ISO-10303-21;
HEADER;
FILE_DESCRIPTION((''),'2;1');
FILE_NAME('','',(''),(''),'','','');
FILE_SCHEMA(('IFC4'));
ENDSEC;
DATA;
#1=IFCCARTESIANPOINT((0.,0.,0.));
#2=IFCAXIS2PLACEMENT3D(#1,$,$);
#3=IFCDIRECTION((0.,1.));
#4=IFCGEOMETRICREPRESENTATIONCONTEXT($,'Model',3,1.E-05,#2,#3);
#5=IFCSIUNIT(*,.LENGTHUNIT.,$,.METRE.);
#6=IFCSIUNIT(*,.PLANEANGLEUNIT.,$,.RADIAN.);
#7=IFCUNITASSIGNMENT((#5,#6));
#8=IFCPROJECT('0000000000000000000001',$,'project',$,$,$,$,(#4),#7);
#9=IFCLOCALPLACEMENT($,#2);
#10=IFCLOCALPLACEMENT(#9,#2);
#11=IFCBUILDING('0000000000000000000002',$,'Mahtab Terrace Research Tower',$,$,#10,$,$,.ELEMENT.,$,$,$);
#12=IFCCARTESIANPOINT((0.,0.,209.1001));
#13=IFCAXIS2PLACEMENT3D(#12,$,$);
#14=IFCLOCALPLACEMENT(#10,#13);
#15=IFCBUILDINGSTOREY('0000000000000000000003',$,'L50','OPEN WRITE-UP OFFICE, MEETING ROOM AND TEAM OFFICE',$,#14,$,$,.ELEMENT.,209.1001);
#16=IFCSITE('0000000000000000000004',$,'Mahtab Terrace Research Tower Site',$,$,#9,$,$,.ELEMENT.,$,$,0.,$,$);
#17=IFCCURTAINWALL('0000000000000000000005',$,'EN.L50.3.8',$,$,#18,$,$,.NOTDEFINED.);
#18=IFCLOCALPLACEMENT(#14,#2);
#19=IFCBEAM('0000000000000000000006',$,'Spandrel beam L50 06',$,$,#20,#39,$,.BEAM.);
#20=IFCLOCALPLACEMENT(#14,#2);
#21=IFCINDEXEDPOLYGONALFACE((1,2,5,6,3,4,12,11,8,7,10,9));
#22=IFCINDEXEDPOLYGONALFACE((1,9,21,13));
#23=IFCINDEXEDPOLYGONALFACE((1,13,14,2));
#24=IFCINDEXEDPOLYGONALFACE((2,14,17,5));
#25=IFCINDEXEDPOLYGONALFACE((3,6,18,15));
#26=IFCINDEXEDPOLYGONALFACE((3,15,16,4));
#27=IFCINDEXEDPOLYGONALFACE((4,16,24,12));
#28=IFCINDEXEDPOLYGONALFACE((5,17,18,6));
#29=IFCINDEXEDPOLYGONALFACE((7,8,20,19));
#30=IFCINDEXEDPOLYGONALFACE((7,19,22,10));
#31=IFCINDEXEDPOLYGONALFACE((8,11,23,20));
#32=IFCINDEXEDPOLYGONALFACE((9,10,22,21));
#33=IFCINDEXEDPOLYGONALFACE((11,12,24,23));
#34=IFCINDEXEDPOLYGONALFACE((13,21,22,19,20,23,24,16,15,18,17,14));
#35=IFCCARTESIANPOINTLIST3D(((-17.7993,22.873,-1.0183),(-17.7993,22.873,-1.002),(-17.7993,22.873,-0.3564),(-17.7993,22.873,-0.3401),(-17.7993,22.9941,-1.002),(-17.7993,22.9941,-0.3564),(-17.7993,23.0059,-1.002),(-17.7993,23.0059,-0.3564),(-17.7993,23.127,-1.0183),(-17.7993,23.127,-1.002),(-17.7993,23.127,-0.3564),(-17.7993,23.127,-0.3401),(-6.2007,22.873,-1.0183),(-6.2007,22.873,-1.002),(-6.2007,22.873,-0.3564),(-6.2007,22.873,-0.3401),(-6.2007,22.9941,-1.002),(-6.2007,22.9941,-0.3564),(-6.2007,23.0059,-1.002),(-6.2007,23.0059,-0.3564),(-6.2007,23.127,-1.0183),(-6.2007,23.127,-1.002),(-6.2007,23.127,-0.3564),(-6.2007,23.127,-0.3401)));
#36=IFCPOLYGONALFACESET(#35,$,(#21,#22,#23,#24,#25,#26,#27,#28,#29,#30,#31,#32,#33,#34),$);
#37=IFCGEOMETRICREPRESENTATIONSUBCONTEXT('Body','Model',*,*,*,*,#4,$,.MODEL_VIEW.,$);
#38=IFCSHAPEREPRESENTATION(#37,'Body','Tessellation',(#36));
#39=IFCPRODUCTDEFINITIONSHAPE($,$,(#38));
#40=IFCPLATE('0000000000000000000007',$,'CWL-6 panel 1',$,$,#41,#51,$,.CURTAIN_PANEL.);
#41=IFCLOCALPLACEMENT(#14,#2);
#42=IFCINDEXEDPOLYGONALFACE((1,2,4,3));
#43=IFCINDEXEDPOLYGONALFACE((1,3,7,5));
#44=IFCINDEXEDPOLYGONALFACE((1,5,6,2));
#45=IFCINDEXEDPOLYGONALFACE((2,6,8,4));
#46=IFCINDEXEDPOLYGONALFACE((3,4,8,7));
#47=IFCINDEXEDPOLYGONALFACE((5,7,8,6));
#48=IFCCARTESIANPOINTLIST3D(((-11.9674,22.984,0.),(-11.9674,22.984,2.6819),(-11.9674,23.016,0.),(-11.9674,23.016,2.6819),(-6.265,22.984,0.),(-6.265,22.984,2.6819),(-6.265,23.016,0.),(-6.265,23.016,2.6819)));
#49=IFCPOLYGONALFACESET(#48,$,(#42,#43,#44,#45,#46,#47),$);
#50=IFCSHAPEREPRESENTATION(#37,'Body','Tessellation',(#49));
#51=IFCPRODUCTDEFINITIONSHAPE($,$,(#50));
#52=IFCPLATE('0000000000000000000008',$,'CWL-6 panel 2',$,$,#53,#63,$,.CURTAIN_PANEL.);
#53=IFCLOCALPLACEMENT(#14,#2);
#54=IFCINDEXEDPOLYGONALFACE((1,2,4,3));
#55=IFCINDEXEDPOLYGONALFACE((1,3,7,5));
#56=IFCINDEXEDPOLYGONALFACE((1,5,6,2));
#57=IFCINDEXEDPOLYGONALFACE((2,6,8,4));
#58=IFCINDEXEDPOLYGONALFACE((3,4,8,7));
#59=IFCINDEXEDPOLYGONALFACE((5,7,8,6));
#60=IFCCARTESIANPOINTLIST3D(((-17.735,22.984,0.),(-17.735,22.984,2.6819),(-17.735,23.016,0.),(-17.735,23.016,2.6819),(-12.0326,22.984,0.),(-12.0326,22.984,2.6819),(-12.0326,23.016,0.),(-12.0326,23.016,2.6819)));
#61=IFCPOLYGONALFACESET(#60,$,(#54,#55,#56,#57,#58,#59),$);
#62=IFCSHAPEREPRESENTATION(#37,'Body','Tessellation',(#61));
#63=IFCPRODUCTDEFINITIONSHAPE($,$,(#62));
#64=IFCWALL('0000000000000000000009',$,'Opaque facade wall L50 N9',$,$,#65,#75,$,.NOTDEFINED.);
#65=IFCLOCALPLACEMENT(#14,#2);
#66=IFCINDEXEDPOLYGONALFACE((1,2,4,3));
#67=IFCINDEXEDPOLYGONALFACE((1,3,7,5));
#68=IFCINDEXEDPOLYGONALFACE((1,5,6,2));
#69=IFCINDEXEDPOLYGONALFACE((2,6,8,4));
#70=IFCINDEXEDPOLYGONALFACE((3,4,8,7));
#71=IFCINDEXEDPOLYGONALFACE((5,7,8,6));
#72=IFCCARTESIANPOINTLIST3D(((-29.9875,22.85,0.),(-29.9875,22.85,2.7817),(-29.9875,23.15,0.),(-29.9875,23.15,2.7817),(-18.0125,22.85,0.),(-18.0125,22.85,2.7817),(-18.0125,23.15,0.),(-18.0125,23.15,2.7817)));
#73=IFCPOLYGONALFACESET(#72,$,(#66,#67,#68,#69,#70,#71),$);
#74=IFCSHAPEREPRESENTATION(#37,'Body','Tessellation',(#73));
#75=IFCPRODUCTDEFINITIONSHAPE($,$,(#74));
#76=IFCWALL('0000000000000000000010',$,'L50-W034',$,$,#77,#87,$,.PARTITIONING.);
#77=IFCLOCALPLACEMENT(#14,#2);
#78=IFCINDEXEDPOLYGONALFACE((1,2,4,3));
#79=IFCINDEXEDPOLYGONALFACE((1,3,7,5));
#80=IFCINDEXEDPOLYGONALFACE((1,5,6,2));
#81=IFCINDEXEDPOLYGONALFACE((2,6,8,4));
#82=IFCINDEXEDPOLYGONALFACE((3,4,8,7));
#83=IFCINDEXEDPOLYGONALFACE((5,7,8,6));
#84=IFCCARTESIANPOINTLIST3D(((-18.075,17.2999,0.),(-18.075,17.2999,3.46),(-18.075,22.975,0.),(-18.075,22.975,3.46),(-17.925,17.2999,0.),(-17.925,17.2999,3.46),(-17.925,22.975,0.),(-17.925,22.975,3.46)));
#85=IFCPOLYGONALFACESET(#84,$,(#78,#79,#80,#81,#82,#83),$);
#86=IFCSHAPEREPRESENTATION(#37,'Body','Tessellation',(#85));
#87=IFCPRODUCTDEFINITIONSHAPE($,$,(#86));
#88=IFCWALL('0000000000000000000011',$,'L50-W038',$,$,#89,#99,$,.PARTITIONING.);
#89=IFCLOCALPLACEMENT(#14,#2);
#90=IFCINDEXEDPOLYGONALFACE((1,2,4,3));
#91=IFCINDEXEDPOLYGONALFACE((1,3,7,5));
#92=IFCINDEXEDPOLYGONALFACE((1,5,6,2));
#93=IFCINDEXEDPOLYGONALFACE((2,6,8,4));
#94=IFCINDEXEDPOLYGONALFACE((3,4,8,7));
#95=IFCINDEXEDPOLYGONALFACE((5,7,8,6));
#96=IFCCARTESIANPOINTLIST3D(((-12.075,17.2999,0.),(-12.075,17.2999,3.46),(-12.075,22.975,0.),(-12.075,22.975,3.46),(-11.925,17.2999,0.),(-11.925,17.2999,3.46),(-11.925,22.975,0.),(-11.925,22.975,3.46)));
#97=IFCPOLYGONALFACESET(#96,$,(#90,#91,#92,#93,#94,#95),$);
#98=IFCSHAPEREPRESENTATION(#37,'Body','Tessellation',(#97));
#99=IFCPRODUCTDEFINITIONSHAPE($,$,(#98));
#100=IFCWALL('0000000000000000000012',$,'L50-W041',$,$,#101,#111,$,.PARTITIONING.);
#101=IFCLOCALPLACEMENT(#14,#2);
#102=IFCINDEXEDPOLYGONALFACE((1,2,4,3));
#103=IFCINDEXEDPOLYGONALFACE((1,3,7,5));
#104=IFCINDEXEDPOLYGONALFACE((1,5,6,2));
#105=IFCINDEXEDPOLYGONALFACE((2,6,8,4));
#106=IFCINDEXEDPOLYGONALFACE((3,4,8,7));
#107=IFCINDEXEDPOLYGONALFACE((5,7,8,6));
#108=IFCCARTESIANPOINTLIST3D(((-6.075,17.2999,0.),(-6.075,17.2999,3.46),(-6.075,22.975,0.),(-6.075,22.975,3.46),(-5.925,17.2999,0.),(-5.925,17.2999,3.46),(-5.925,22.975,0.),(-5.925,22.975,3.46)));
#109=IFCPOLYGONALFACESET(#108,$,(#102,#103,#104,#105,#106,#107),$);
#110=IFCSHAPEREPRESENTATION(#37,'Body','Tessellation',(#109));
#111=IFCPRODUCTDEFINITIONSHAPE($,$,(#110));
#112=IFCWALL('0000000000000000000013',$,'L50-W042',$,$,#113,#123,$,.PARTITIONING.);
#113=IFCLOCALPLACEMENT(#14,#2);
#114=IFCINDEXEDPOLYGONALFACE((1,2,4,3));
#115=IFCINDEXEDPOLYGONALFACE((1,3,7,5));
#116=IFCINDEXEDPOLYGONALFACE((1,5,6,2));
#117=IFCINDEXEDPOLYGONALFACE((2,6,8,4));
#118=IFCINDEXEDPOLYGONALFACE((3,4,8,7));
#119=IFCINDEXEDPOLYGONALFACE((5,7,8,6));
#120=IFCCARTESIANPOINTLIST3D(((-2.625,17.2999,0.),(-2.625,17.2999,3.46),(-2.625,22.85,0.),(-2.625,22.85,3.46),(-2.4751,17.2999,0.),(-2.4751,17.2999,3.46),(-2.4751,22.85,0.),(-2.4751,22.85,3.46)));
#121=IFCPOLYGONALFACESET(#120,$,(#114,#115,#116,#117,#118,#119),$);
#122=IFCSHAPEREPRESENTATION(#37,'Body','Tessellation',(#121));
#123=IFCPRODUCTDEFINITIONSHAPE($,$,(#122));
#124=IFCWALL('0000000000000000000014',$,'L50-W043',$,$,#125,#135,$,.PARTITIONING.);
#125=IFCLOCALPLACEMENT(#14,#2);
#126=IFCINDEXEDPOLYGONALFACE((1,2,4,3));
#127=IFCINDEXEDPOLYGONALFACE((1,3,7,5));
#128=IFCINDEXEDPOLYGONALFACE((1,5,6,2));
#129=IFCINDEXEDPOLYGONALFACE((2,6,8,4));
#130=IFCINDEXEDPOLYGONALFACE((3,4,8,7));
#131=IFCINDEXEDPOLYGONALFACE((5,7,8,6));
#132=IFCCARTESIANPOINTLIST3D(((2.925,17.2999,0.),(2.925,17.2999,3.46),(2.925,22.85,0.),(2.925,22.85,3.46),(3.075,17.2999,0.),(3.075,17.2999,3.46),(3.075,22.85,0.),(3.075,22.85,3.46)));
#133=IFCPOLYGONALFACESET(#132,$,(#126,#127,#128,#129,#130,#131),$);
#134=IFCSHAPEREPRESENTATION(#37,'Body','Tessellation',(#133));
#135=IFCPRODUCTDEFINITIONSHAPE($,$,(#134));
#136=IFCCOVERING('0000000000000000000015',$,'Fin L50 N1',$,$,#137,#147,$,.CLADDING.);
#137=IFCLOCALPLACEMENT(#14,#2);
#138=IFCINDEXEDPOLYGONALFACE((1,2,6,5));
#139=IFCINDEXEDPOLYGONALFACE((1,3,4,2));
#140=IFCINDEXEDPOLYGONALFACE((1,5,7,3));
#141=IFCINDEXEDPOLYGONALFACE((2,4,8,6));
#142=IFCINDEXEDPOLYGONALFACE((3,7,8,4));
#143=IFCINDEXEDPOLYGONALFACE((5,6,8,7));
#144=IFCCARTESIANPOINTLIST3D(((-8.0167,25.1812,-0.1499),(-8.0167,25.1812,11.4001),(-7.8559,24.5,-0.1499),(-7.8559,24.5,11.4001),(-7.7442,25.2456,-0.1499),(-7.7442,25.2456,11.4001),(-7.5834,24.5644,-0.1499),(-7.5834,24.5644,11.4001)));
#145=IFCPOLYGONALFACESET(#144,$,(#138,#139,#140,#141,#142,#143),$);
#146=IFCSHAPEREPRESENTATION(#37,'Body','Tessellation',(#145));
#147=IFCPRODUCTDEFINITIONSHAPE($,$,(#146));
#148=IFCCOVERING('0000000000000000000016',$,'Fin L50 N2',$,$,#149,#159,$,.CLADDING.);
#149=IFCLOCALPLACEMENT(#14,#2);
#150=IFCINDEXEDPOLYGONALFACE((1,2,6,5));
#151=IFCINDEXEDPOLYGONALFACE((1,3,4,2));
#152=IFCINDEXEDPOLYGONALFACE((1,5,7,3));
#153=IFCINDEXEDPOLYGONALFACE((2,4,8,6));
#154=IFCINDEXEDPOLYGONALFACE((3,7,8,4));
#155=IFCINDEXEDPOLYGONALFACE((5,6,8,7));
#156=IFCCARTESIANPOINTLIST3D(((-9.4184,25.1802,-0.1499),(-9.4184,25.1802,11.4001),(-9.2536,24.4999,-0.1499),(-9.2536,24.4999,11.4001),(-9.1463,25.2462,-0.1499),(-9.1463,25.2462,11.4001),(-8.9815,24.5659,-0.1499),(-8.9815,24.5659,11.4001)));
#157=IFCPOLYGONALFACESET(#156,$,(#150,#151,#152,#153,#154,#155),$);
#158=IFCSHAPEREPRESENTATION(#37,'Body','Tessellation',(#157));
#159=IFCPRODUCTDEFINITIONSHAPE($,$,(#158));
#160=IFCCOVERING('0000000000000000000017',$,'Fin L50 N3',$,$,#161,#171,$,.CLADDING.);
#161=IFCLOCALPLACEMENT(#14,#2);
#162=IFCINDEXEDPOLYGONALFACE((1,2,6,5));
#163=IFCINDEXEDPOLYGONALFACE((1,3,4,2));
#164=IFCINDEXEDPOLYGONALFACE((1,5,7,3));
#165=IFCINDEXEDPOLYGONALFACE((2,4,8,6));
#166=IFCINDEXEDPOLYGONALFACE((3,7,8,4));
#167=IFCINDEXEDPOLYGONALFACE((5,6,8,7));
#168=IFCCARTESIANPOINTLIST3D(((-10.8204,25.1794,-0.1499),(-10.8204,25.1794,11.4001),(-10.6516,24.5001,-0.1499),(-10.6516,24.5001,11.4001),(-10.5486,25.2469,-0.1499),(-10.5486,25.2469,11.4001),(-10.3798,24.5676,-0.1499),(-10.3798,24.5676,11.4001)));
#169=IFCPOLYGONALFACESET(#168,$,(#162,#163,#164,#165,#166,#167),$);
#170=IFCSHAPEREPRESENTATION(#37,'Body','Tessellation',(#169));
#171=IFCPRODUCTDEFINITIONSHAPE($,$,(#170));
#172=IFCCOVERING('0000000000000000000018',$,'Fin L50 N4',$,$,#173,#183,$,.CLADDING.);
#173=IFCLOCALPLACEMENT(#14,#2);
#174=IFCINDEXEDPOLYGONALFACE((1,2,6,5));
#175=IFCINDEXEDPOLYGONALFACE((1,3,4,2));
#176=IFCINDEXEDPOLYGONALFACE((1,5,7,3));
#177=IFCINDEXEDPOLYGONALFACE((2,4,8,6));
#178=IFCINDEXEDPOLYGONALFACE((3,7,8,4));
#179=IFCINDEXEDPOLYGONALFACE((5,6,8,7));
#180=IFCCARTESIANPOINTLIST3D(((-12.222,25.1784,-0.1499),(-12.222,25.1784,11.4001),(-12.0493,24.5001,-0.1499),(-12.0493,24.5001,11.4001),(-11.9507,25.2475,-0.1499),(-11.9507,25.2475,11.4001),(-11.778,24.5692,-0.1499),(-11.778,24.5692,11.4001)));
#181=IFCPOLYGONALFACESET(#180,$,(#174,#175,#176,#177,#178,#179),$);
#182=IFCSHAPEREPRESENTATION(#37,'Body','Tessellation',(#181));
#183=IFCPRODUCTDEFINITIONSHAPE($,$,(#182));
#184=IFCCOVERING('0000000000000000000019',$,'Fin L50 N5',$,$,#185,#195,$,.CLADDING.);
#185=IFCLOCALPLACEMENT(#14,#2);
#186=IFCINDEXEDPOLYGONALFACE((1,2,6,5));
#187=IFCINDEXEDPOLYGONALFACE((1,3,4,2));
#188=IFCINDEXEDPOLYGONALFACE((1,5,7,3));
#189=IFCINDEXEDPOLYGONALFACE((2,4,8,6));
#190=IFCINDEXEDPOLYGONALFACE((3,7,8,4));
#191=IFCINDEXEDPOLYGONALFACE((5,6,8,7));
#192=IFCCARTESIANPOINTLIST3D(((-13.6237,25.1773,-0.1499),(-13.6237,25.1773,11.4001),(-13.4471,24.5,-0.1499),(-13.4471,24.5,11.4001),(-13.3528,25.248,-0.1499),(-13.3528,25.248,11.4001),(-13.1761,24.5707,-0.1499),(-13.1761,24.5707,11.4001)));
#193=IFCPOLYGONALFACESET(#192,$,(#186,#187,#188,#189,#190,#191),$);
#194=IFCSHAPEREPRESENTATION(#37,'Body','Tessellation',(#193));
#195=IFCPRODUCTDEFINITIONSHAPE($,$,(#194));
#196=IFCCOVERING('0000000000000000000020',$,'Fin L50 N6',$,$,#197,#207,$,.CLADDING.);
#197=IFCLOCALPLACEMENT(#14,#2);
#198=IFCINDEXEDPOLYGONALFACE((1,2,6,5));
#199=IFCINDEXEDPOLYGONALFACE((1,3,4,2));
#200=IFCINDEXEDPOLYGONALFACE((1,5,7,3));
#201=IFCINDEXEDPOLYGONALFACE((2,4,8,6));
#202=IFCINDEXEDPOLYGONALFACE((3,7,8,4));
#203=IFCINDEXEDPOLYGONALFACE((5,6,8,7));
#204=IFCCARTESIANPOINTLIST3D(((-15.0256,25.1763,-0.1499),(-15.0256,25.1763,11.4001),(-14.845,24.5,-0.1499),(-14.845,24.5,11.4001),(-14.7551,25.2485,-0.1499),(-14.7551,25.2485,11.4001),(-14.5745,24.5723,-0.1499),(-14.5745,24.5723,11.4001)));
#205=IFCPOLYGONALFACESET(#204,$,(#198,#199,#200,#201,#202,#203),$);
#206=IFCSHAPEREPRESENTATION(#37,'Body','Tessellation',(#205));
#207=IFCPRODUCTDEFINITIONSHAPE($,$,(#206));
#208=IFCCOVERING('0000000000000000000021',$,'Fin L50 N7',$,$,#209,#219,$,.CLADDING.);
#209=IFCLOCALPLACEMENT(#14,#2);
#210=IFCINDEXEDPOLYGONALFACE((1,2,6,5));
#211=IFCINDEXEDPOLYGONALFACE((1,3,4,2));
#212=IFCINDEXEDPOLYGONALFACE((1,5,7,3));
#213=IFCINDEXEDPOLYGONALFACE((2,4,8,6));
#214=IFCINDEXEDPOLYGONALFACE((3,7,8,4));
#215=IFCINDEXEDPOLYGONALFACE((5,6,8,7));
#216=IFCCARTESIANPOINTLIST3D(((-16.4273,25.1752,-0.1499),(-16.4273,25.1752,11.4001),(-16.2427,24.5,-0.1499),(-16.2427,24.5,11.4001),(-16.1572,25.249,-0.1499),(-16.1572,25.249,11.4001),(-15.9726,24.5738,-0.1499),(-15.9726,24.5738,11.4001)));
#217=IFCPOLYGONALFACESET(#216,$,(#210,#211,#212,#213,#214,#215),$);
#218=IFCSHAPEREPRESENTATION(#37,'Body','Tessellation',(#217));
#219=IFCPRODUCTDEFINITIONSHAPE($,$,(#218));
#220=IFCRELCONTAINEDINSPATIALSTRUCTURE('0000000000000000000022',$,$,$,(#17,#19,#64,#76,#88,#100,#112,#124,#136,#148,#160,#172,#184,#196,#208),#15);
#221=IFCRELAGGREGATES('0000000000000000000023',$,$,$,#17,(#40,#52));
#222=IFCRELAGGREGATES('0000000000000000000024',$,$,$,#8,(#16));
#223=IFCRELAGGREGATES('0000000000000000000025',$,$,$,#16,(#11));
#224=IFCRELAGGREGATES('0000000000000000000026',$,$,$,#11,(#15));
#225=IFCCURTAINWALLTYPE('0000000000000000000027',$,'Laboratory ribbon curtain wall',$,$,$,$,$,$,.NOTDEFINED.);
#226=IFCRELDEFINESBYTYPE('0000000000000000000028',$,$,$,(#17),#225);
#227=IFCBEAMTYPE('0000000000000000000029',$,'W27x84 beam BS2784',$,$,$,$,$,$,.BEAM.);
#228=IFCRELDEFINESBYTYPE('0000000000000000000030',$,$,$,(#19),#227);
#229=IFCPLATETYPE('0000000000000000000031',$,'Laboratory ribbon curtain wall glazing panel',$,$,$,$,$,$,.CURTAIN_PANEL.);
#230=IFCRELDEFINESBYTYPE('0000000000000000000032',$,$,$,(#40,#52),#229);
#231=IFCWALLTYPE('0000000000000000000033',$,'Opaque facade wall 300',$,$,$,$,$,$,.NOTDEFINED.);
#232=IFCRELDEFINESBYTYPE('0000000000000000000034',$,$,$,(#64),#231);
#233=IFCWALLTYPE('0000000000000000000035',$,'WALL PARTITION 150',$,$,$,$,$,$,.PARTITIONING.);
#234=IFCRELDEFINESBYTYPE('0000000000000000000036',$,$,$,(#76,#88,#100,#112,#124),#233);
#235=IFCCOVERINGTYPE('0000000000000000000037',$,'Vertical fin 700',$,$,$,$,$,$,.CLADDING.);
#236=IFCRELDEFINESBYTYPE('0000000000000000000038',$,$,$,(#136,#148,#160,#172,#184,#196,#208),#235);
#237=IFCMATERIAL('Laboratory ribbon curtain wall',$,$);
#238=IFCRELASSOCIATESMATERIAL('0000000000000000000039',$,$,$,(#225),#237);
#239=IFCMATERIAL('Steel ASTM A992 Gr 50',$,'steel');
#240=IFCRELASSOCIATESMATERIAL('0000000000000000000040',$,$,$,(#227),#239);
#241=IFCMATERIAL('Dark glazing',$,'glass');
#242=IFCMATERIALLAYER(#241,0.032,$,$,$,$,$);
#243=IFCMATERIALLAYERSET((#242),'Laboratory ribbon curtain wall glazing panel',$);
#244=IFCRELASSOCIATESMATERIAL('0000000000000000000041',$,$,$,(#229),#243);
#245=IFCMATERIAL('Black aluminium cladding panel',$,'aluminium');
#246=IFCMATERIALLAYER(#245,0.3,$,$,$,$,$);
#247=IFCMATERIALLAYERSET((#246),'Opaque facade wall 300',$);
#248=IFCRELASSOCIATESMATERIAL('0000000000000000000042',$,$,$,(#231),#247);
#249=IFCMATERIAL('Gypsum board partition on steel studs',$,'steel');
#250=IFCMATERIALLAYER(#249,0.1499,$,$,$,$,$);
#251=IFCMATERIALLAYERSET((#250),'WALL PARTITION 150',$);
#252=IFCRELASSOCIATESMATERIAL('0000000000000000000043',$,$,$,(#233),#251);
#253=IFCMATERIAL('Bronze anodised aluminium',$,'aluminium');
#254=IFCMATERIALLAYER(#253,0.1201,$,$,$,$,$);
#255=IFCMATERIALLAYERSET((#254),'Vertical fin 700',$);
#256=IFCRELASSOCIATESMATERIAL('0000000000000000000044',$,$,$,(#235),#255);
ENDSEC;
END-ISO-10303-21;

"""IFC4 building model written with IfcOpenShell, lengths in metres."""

from ifc_helpers import new_model, si_unit, direction, frame, frame_2d, origin, origin_2d, place, context, subcontext, project, spatial, rectangle, i_section, extrude, material, layer, layer_set, material_profile, profile_set, type_object, element, aggregate, save


model = new_model("IFC4")

# Units and contexts
model_context = context("Model", 3, precision=1e-05, world=origin(), true_north=direction((0.0, 1.0)))
body_context = subcontext(model_context, "Body", "Model", "MODEL_VIEW")
ifc_project = project(units=[si_unit("LENGTHUNIT", "METRE"), si_unit("PLANEANGLEUNIT", "RADIAN")], contexts=[model_context])

# Site, building, storey
site_placement = place(None, origin())
site = spatial("IfcSite", under=ifc_project, at=site_placement, Name="Mahtab Terrace Research Tower Site", CompositionType="ELEMENT", RefElevation=0.0)
building_placement = place(site_placement, origin())
building = spatial("IfcBuilding", under=site, at=building_placement, Name="Mahtab Terrace Research Tower", CompositionType="ELEMENT")
storey_placement = place(building_placement, frame((0.0, 0.0, 209.1001)))
storey = spatial("IfcBuildingStorey", under=building, at=storey_placement, Name="L50", Description="OPEN WRITE-UP OFFICE, MEETING ROOM AND TEAM OFFICE", CompositionType="ELEMENT", Elevation=209.1001)

# Shared definitions
ifc_material_1 = material(Name="Steel ASTM A992 Gr 50", Category="steel")

# Curtain wall
ifc_material_2 = material(Name="Laboratory ribbon curtain wall")
curtain_wall_type = type_object("IfcCurtainWallType", Name="Laboratory ribbon curtain wall", PredefinedType="NOTDEFINED", material=ifc_material_2)
curtain_wall_placement = place(storey_placement, origin())
curtain_wall = element("IfcCurtainWall", 1, at=curtain_wall_placement, inside=storey, type_object=curtain_wall_type, Name="EN.L50.3.8", PredefinedType="NOTDEFINED")

# Beam
ifc_material_profile_1 = material_profile(ifc_material_1, i_section(OverallWidth=0.2539, OverallDepth=0.6782, WebThickness=0.0117, FlangeThickness=0.0164, at=origin_2d()), Name="W27X84")
ifc_profile_set_1 = profile_set([ifc_material_profile_1], Name="Steel ASTM A992 Gr 50")
beam_type = type_object("IfcBeamType", Name="W27x84 beam BS2784", PredefinedType="BEAM", material=ifc_profile_set_1)
for number, where, z_axis, x_axis, name in (
    (2, (-6.2007, 23.0, -0.6792), (-1.0, 0.0, 0.0), (0.0, -1.0, 0.0), "Spandrel beam L50 06"),
):
    element("IfcBeam", number, at=place(storey_placement, frame(where, z_axis=z_axis, x_axis=x_axis)), inside=storey, type_object=beam_type, Name=name, PredefinedType="BEAM", context=body_context, shape_type="SweptSolid", body=[
        extrude(i_section(OverallWidth=0.2539, OverallDepth=0.6782, WebThickness=0.0117, FlangeThickness=0.0164, at=origin_2d()), origin(), (0.0, 0.0, 1.0), 11.5986),
    ])

# Plates
ifc_material_3 = material(Name="Dark glazing", Category="glass")
ifc_layer_1 = layer(ifc_material_3, 0.032)
ifc_layer_set_1 = layer_set([ifc_layer_1], Name="Laboratory ribbon curtain wall glazing panel")
plate_type = type_object("IfcPlateType", Name="Laboratory ribbon curtain wall glazing panel", PredefinedType="CURTAIN_PANEL", material=ifc_layer_set_1)
plate_1_placement = place(storey_placement, frame((-9.1162, 23.0, 0.0), z_axis=(0.0, 0.0, 1.0), x_axis=(-1.0, 0.0, 0.0)))
plate_1 = element("IfcPlate", 3, at=plate_1_placement, type_object=plate_type, Name="CWL-6 panel 1", PredefinedType="CURTAIN_PANEL", context=body_context, shape_type="SweptSolid", body=[
    extrude(rectangle(XDim=5.7024, YDim=0.032, at=origin_2d()), origin(), (0.0, 0.0, 1.0), 2.6819),
])
plate_2_placement = place(storey_placement, frame((-14.8838, 23.0, 0.0), z_axis=(0.0, 0.0, 1.0), x_axis=(-1.0, 0.0, 0.0)))
plate_2 = element("IfcPlate", 4, at=plate_2_placement, type_object=plate_type, Name="CWL-6 panel 2", PredefinedType="CURTAIN_PANEL", context=body_context, shape_type="SweptSolid", body=[
    extrude(rectangle(XDim=5.7024, YDim=0.032, at=origin_2d()), origin(), (0.0, 0.0, 1.0), 2.6819),
])
aggregate(curtain_wall, [plate_1, plate_2])

# Walls
ifc_material_4 = material(Name="Black aluminium cladding panel", Category="aluminium")
ifc_layer_2 = layer(ifc_material_4, 0.3)
ifc_layer_set_2 = layer_set([ifc_layer_2], Name="Opaque facade wall 300")
wall_type_1 = type_object("IfcWallType", Name="Opaque facade wall 300", PredefinedType="NOTDEFINED", material=ifc_layer_set_2)
wall_placement = place(storey_placement, frame((-18.0125, 23.0, 0.0), z_axis=(0.0, 0.0, 1.0), x_axis=(-1.0, 0.0, 0.0)))
element("IfcWall", 5, at=wall_placement, inside=storey, type_object=wall_type_1, Name="Opaque facade wall L50 N9", PredefinedType="NOTDEFINED", context=body_context, shape_type="SweptSolid", body=[
    extrude(rectangle(XDim=11.9751, YDim=0.3, at=frame_2d((5.9875, 0.0))), origin(), (0.0, 0.0, 1.0), 2.7817),
])
ifc_material_5 = material(Name="Gypsum board partition on steel studs", Category="steel")
ifc_layer_3 = layer(ifc_material_5, 0.1499)
ifc_layer_set_3 = layer_set([ifc_layer_3], Name="WALL PARTITION 150")
wall_type_2 = type_object("IfcWallType", Name="WALL PARTITION 150", PredefinedType="PARTITIONING", material=ifc_layer_set_3)
for number, where, z_axis, x_axis, name in (
    (6, (-18.0, 17.3, 0.0), (0.0, 0.0, 1.0), (0.0, 1.0, 0.0), "L50-W034"),
    (7, (-12.0, 17.3, 0.0), (0.0, 0.0, 1.0), (0.0, 1.0, 0.0), "L50-W038"),
    (8, (-6.0, 17.3, 0.0), (0.0, 0.0, 1.0), (0.0, 1.0, 0.0), "L50-W041"),
):
    element("IfcWall", number, at=place(storey_placement, frame(where, z_axis=z_axis, x_axis=x_axis)), inside=storey, type_object=wall_type_2, Name=name, PredefinedType="PARTITIONING", context=body_context, shape_type="SweptSolid", body=[
        extrude(rectangle(XDim=5.675, YDim=0.1499, at=frame_2d((2.8374, 0.0))), origin(), (0.0, 0.0, 1.0), 3.46),
    ])
for number, where, z_axis, x_axis, name in (
    (9, (-2.55, 17.3, 0.0), (0.0, 0.0, 1.0), (0.0, 1.0, 0.0), "L50-W042"),
    (10, (3.0, 17.3, 0.0), (0.0, 0.0, 1.0), (0.0, 1.0, 0.0), "L50-W043"),
):
    element("IfcWall", number, at=place(storey_placement, frame(where, z_axis=z_axis, x_axis=x_axis)), inside=storey, type_object=wall_type_2, Name=name, PredefinedType="PARTITIONING", context=body_context, shape_type="SweptSolid", body=[
        extrude(rectangle(XDim=5.55, YDim=0.1499, at=frame_2d((2.7749, 0.0))), origin(), (0.0, 0.0, 1.0), 3.46),
    ])

# Coverings
ifc_material_6 = material(Name="Bronze anodised aluminium", Category="aluminium")
ifc_layer_4 = layer(ifc_material_6, 0.1201)
ifc_layer_set_4 = layer_set([ifc_layer_4], Name="Vertical fin 700")
covering_type = type_object("IfcCoveringType", Name="Vertical fin 700", PredefinedType="CLADDING", material=ifc_layer_set_4)
for number, where, z_axis, x_axis, name in (
    (11, (-7.8, 24.8728, -0.1499), (0.0, 0.0, 1.0), (-0.973236, -0.229807, 0.0), "Fin L50 N1"),
    (12, (-9.2, 24.873, -0.1499), (0.0, 0.0, 1.0), (-0.971883, -0.235465, 0.0), "Fin L50 N2"),
    (13, (-10.6001, 24.8735, -0.1499), (0.0, 0.0, 1.0), (-0.970496, -0.241115, 0.0), "Fin L50 N3"),
    (14, (-12.0, 24.8738, -0.1499), (0.0, 0.0, 1.0), (-0.969077, -0.246757, 0.0), "Fin L50 N4"),
    (15, (-13.3999, 24.874, -0.1499), (0.0, 0.0, 1.0), (-0.967625, -0.252391, 0.0), "Fin L50 N5"),
    (16, (-14.8, 24.8743, -0.1499), (0.0, 0.0, 1.0), (-0.966141, -0.258016, 0.0), "Fin L50 N6"),
    (17, (-16.2, 24.8745, -0.1499), (0.0, 0.0, 1.0), (-0.964623, -0.263633, 0.0), "Fin L50 N7"),
):
    element("IfcCovering", number, at=place(storey_placement, frame(where, z_axis=z_axis, x_axis=x_axis)), inside=storey, type_object=covering_type, Name=name, PredefinedType="CLADDING", context=body_context, shape_type="SweptSolid", body=[
        extrude(rectangle(XDim=0.28, YDim=0.7, at=origin_2d()), origin(), (0.0, 0.0, 1.0), 11.55),
    ])

save(model, "model.ifc")
